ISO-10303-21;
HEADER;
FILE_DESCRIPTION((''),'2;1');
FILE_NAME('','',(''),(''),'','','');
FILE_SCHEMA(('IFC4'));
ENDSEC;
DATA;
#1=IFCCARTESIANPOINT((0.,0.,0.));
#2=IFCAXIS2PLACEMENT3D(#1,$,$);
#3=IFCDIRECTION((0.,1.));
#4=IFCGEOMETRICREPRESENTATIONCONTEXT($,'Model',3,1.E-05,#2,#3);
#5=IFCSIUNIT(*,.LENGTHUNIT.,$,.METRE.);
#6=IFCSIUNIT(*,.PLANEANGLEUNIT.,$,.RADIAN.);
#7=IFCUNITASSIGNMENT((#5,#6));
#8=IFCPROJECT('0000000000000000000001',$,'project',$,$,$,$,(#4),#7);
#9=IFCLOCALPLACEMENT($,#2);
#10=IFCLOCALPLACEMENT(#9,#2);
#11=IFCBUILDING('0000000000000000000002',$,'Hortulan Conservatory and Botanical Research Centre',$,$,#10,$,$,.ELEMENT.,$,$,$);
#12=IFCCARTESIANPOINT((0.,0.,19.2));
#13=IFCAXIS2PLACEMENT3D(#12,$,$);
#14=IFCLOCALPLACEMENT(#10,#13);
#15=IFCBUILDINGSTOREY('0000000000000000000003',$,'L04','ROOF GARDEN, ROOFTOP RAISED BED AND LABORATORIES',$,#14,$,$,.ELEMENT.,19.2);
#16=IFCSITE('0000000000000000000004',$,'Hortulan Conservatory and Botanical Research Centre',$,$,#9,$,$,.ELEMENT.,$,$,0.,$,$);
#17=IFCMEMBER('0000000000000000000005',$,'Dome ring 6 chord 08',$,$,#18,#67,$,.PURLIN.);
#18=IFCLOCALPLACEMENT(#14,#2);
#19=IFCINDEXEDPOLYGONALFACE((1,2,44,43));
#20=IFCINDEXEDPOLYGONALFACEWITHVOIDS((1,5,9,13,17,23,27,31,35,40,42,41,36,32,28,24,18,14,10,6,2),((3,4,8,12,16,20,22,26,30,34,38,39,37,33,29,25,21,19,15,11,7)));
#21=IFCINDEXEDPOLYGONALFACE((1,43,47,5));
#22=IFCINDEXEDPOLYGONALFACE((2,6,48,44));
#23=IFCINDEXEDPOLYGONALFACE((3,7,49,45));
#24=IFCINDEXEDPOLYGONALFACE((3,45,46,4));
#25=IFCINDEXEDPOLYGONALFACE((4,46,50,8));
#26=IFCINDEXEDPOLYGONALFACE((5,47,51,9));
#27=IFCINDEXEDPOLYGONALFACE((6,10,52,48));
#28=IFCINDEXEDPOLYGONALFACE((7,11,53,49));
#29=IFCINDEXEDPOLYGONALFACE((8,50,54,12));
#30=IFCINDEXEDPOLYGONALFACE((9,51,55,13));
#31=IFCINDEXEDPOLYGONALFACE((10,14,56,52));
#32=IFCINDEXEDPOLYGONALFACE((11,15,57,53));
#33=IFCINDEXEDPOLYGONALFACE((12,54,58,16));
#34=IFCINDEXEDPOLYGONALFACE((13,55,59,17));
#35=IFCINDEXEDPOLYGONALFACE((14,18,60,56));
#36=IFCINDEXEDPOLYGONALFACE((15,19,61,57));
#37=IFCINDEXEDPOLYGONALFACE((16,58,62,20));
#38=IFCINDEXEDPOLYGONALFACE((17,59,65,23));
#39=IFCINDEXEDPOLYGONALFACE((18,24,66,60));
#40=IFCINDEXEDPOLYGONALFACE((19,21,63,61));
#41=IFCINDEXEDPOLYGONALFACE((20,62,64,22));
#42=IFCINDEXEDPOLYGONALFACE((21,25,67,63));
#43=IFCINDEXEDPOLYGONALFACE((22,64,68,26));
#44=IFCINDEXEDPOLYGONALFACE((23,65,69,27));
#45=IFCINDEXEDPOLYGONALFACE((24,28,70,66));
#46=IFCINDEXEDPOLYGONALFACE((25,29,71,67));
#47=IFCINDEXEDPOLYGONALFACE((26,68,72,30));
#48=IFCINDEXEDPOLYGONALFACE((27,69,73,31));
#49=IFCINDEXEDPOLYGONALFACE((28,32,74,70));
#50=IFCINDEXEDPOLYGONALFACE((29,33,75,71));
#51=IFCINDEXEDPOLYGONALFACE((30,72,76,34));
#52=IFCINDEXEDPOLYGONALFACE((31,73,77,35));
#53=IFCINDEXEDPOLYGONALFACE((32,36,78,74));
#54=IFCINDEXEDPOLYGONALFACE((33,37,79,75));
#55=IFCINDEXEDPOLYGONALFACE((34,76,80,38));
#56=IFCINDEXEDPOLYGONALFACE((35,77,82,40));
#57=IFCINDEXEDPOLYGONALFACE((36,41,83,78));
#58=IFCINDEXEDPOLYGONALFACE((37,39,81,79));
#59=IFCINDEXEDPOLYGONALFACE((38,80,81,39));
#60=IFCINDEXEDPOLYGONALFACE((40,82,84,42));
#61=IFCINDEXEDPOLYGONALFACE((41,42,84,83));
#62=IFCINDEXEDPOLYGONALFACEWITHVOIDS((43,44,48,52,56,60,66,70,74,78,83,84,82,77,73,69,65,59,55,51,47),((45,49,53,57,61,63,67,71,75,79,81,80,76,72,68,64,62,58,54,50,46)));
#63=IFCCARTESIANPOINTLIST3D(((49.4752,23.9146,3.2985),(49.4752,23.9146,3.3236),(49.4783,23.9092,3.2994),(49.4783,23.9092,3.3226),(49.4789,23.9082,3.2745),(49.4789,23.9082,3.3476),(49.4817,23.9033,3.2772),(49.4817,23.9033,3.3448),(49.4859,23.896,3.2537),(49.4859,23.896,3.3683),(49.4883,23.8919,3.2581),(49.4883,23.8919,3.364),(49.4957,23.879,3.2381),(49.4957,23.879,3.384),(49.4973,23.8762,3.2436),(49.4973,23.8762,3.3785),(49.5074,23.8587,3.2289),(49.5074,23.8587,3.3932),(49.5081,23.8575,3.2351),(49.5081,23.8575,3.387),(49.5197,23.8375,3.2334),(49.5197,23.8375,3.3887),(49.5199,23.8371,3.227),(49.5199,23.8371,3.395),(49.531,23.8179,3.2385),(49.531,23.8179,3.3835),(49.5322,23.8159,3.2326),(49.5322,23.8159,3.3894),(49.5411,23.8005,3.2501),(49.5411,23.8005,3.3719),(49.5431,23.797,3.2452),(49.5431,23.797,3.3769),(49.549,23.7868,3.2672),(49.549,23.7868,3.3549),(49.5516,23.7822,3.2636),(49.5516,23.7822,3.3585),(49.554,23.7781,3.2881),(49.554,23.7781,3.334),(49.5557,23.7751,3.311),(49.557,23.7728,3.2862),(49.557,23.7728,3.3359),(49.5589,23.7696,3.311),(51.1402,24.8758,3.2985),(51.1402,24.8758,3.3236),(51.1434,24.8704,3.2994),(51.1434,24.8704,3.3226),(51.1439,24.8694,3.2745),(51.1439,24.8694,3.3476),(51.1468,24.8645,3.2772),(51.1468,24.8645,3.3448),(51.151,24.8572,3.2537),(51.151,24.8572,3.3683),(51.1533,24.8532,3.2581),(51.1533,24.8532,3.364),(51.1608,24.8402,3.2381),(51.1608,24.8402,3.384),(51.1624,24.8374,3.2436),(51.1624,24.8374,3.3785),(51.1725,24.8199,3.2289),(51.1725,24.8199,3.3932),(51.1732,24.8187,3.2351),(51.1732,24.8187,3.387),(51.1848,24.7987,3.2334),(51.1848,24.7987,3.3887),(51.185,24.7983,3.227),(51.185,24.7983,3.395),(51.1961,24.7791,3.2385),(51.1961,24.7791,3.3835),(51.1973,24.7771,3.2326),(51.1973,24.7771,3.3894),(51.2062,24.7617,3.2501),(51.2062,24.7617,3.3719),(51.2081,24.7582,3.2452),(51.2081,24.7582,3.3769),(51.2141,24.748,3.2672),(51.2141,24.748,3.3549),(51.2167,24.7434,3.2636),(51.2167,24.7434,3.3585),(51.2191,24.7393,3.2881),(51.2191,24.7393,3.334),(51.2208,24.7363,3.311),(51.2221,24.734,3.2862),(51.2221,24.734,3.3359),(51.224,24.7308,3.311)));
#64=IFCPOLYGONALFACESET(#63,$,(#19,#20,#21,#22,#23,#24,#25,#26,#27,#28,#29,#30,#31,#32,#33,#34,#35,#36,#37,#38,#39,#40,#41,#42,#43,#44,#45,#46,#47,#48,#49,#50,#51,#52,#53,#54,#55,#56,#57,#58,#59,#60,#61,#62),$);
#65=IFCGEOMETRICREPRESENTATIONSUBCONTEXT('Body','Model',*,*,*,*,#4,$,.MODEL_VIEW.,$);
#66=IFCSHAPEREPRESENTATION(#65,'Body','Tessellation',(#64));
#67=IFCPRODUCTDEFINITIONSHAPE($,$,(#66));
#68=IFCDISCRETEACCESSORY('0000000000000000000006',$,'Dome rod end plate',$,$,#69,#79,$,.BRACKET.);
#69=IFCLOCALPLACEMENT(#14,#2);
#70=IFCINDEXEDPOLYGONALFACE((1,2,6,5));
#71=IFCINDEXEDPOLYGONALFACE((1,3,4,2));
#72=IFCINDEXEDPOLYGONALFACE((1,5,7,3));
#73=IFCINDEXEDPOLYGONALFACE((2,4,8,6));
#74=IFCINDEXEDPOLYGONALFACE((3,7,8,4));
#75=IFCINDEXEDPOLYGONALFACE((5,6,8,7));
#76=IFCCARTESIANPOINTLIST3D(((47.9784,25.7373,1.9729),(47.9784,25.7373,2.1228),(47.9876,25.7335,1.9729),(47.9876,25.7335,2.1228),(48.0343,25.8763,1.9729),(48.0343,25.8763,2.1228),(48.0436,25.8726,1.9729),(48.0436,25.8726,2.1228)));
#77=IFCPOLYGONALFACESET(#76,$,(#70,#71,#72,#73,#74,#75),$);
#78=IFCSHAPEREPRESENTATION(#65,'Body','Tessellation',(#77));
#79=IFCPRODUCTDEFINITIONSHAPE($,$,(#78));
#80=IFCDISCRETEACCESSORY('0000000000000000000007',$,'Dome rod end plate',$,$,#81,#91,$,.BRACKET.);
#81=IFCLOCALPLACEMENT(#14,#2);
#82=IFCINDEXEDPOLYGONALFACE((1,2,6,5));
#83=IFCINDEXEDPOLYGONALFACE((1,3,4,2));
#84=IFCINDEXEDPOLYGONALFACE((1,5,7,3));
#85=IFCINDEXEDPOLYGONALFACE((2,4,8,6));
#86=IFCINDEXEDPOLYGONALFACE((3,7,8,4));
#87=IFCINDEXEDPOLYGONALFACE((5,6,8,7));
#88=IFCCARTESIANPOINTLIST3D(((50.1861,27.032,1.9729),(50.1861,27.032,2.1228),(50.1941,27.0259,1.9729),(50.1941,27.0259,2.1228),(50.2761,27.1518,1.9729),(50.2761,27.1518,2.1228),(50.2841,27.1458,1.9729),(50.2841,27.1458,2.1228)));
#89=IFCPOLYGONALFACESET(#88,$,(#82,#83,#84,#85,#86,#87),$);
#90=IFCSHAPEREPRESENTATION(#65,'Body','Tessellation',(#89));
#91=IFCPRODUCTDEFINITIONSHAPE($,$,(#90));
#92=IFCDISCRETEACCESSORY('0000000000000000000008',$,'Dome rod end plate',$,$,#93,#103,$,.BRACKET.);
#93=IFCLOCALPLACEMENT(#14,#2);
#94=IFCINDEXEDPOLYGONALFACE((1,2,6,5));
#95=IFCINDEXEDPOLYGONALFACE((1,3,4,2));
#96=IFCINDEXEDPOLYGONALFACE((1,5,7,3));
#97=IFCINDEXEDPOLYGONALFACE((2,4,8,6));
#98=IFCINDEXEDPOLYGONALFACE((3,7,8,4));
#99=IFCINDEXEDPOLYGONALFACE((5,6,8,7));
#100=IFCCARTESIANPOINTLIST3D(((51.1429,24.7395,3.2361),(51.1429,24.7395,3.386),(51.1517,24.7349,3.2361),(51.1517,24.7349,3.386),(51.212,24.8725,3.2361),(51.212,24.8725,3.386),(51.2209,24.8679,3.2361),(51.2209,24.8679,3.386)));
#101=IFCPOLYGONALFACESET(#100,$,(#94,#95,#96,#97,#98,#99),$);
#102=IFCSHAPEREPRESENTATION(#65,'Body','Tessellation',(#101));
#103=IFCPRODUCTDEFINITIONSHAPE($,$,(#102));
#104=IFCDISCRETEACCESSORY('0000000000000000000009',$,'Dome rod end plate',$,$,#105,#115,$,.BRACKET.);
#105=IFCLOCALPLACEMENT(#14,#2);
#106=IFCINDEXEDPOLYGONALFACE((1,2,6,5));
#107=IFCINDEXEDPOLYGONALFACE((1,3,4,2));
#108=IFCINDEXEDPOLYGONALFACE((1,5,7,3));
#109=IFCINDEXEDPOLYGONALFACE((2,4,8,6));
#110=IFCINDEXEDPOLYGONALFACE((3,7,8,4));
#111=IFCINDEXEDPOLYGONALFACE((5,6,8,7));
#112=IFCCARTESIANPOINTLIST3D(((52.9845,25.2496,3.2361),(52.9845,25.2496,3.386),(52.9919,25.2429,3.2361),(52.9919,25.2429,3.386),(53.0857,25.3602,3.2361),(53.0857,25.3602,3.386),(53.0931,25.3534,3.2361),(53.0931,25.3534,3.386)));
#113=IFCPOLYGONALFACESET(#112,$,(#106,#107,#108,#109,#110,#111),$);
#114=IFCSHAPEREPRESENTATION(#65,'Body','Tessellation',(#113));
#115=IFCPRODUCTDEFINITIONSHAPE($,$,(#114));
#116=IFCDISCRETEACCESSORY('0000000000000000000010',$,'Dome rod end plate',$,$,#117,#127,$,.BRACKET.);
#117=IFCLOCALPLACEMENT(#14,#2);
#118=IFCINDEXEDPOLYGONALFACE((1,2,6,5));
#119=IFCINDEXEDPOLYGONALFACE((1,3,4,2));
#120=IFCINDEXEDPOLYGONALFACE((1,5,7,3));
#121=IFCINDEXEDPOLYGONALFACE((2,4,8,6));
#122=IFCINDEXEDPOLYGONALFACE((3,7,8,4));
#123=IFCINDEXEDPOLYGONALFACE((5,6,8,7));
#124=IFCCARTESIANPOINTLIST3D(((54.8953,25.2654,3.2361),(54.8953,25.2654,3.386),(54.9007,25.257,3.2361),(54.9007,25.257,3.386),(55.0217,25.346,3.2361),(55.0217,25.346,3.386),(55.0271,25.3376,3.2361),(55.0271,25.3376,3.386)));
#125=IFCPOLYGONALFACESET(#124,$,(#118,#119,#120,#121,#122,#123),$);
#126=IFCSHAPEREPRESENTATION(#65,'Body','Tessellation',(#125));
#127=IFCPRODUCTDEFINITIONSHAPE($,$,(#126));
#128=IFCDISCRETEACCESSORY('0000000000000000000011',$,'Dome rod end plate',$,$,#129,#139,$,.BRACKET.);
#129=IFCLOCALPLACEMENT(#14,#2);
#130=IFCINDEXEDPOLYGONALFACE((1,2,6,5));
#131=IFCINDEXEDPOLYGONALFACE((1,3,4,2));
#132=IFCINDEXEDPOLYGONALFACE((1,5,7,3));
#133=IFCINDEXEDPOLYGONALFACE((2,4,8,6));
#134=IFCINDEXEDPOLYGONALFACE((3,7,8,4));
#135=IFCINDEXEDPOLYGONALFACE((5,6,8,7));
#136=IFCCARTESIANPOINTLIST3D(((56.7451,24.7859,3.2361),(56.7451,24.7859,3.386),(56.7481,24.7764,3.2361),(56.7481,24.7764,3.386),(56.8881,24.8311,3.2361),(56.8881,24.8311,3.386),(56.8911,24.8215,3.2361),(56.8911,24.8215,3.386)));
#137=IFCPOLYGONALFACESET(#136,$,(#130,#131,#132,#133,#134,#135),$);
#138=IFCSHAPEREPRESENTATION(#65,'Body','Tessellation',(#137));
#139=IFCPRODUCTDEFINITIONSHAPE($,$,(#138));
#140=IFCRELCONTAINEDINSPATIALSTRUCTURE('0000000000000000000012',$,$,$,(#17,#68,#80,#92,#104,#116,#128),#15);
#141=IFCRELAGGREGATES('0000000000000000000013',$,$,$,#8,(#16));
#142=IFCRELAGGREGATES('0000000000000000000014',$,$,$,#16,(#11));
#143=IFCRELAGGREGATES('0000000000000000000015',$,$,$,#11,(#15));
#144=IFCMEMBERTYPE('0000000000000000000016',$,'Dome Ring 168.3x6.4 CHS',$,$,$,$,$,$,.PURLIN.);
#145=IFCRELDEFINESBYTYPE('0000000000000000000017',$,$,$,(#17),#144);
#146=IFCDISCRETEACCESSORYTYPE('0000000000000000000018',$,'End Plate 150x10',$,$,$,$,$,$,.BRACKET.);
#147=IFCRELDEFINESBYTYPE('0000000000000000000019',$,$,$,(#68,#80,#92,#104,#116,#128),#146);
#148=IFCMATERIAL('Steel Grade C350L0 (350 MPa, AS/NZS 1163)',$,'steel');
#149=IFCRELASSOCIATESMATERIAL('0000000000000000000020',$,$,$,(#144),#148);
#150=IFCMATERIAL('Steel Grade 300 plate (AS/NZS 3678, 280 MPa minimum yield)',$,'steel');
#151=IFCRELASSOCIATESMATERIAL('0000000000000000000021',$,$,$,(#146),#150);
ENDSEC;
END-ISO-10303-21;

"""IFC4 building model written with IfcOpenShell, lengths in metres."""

from ifc_helpers import new_model, si_unit, direction, frame, origin, origin_2d, place, context, subcontext, project, spatial, rectangle, hollow_circle, extrude, material, material_profile, profile_set, type_object, element, save


model = new_model("IFC4")

# Units and contexts
model_context = context("Model", 3, precision=1e-05, world=origin(), true_north=direction((0.0, 1.0)))
body_context = subcontext(model_context, "Body", "Model", "MODEL_VIEW")
ifc_project = project(units=[si_unit("LENGTHUNIT", "METRE"), si_unit("PLANEANGLEUNIT", "RADIAN")], contexts=[model_context])

# Site, building, storey
site_placement = place(None, origin())
site = spatial("IfcSite", under=ifc_project, at=site_placement, Name="Hortulan Conservatory and Botanical Research Centre", CompositionType="ELEMENT", RefElevation=0.0)
building_placement = place(site_placement, origin())
building = spatial("IfcBuilding", under=site, at=building_placement, Name="Hortulan Conservatory and Botanical Research Centre", CompositionType="ELEMENT")
storey_placement = place(building_placement, frame((0.0, 0.0, 19.2)))
storey = spatial("IfcBuildingStorey", under=building, at=storey_placement, Name="L04", Description="ROOF GARDEN, ROOFTOP RAISED BED AND LABORATORIES", CompositionType="ELEMENT", Elevation=19.2)

# Shared definitions
ifc_material_1 = material(Name="Steel Grade C350L0 (350 MPa, AS/NZS 1163)", Category="steel")

# Member
ifc_material_profile_1 = material_profile(ifc_material_1, hollow_circle(Radius=0.0842, WallThickness=0.0063, at=origin_2d()), Name="168.3x6.4CHS")
ifc_profile_set_1 = profile_set([ifc_material_profile_1], Name="Steel Grade C350L0 (350 MPa, AS/NZS 1163)")
member_type_1 = type_object("IfcMemberType", Name="Dome Ring 168.3x6.4 CHS", PredefinedType="PURLIN", material=ifc_profile_set_1)
for number, where, z_axis, x_axis, name in (
    (1, (51.1819, 24.8037, 3.311), (-0.866054, -0.49995, 0.0), (0.49995, -0.866054, 0.0), "Dome ring 6 chord 08"),
):
    element("IfcMember", number, at=place(storey_placement, frame(where, z_axis=z_axis, x_axis=x_axis)), inside=storey, type_object=member_type_1, Name=name, PredefinedType="PURLIN", context=body_context, shape_type="SweptSolid", body=[
        extrude(hollow_circle(Radius=0.0842, WallThickness=0.0063, at=origin_2d()), origin(), (0.0, 0.0, 1.0), 1.9226),
    ])

# Discrete accessories
ifc_material_2 = material(Name="Steel Grade 300 plate (AS/NZS 3678, 280 MPa minimum yield)", Category="steel")
discrete_accessory_type = type_object("IfcDiscreteAccessoryType", Name="End Plate 150x10", PredefinedType="BRACKET", material=ifc_material_2)
for number, where, z_axis, x_axis, name in (
    (2, (48.011, 25.8049, 1.9729), (0.0, 0.0, 1.0), (0.373474, 0.927641, 0.0), "Dome rod end plate"),
    (3, (50.2351, 27.0889, 1.9729), (0.0, 0.0, 1.0), (0.600825, 0.799381, 0.0), "Dome rod end plate"),
    (4, (51.1819, 24.8037, 3.2361), (0.0, 0.0, 1.0), (0.461408, 0.887188, 0.0), "Dome rod end plate"),
    (5, (53.0388, 25.3015, 3.2361), (0.0, 0.0, 1.0), (0.675307, 0.737537, 0.0), "Dome rod end plate"),
    (6, (54.9612, 25.3015, 3.2361), (0.0, 0.0, 1.0), (0.843204, 0.537594, 0.0), "Dome rod end plate"),
    (7, (56.8181, 24.8037, 3.2361), (0.0, 0.0, 1.0), (0.953596, 0.301089, 0.0), "Dome rod end plate"),
):
    element("IfcDiscreteAccessory", number, at=place(storey_placement, frame(where, z_axis=z_axis, x_axis=x_axis)), inside=storey, type_object=discrete_accessory_type, Name=name, PredefinedType="BRACKET", context=body_context, shape_type="SweptSolid", body=[
        extrude(rectangle(XDim=0.1499, YDim=0.01, at=origin_2d()), origin(), (0.0, 0.0, 1.0), 0.1499),
    ])

save(model, "model.ifc")
